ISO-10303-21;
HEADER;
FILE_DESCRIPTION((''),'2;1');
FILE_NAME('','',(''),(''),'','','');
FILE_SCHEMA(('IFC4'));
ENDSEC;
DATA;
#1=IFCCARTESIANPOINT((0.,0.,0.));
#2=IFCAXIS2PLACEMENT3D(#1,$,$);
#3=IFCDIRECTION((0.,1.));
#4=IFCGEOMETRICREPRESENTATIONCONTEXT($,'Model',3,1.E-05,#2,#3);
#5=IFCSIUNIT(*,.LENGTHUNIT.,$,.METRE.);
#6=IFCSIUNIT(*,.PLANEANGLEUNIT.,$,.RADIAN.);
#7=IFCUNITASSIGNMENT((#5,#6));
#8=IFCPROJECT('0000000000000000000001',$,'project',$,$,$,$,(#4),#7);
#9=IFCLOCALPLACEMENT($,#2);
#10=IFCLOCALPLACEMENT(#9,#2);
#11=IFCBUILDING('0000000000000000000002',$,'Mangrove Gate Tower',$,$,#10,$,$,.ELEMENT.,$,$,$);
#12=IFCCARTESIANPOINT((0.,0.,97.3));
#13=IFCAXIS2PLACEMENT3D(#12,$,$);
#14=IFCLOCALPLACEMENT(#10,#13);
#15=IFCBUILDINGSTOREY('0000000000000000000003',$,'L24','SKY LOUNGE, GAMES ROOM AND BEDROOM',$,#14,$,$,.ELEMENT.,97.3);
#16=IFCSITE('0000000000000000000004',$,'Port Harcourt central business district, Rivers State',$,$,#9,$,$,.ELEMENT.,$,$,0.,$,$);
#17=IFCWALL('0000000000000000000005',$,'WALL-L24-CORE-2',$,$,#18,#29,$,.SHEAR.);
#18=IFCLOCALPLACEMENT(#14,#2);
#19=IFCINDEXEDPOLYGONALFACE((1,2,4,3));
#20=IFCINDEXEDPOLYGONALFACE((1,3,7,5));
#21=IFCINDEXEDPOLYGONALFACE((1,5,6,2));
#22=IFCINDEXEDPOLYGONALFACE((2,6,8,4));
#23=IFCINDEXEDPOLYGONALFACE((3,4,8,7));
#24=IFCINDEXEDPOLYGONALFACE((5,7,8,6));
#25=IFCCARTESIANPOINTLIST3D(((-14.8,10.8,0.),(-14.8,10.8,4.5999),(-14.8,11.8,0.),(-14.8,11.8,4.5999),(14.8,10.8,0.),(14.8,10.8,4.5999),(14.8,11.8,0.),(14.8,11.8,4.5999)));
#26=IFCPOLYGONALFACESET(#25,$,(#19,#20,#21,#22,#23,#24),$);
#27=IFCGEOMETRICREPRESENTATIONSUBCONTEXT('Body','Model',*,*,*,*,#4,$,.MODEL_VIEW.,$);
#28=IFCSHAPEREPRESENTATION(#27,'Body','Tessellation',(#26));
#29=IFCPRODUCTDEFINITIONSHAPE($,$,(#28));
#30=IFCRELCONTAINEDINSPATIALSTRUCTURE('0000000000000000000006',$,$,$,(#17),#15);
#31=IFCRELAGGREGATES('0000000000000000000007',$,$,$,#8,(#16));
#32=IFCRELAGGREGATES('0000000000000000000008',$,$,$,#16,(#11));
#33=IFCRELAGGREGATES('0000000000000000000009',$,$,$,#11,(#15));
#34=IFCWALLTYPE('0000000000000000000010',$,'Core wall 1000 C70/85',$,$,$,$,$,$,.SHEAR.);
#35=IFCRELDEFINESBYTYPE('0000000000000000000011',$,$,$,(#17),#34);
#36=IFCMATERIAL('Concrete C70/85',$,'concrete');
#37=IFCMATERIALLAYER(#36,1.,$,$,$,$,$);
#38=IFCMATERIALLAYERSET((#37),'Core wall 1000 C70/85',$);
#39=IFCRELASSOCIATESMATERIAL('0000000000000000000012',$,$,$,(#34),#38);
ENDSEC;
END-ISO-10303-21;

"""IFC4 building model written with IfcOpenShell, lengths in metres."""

from ifc_helpers import new_model, si_unit, direction, frame, frame_2d, origin, place, context, subcontext, project, spatial, rectangle, extrude, material, layer, layer_set, type_object, element, save


model = new_model("IFC4")

# Units and contexts
model_context = context("Model", 3, precision=1e-05, world=origin(), true_north=direction((0.0, 1.0)))
body_context = subcontext(model_context, "Body", "Model", "MODEL_VIEW")
ifc_project = project(units=[si_unit("LENGTHUNIT", "METRE"), si_unit("PLANEANGLEUNIT", "RADIAN")], contexts=[model_context])

# Site, building, storey
site_placement = place(None, origin())
site = spatial("IfcSite", under=ifc_project, at=site_placement, Name="Port Harcourt central business district, Rivers State", CompositionType="ELEMENT", RefElevation=0.0)
building_placement = place(site_placement, origin())
building = spatial("IfcBuilding", under=site, at=building_placement, Name="Mangrove Gate Tower", CompositionType="ELEMENT")
storey_placement = place(building_placement, frame((0.0, 0.0, 97.3)))
storey = spatial("IfcBuildingStorey", under=building, at=storey_placement, Name="L24", Description="SKY LOUNGE, GAMES ROOM AND BEDROOM", CompositionType="ELEMENT", Elevation=97.3)

# Wall
ifc_material_1 = material(Name="Concrete C70/85", Category="concrete")
ifc_layer_1 = layer(ifc_material_1, 1.0)
ifc_layer_set_1 = layer_set([ifc_layer_1], Name="Core wall 1000 C70/85")
wall_type_1 = type_object("IfcWallType", Name="Core wall 1000 C70/85", PredefinedType="SHEAR", material=ifc_layer_set_1)
wall_1_placement = place(storey_placement, frame((-14.8, 11.3, 0.0), z_axis=(0.0, 0.0, 1.0), x_axis=(1.0, 0.0, 0.0)))
element("IfcWall", 1, at=wall_1_placement, inside=storey, type_object=wall_type_1, Name="WALL-L24-CORE-2", PredefinedType="SHEAR", context=body_context, shape_type="SweptSolid", body=[
    extrude(rectangle(XDim=29.6001, YDim=1.0, at=frame_2d((14.8, 0.0))), origin(), (0.0, 0.0, 1.0), 4.5999),
])

save(model, "model.ifc")
